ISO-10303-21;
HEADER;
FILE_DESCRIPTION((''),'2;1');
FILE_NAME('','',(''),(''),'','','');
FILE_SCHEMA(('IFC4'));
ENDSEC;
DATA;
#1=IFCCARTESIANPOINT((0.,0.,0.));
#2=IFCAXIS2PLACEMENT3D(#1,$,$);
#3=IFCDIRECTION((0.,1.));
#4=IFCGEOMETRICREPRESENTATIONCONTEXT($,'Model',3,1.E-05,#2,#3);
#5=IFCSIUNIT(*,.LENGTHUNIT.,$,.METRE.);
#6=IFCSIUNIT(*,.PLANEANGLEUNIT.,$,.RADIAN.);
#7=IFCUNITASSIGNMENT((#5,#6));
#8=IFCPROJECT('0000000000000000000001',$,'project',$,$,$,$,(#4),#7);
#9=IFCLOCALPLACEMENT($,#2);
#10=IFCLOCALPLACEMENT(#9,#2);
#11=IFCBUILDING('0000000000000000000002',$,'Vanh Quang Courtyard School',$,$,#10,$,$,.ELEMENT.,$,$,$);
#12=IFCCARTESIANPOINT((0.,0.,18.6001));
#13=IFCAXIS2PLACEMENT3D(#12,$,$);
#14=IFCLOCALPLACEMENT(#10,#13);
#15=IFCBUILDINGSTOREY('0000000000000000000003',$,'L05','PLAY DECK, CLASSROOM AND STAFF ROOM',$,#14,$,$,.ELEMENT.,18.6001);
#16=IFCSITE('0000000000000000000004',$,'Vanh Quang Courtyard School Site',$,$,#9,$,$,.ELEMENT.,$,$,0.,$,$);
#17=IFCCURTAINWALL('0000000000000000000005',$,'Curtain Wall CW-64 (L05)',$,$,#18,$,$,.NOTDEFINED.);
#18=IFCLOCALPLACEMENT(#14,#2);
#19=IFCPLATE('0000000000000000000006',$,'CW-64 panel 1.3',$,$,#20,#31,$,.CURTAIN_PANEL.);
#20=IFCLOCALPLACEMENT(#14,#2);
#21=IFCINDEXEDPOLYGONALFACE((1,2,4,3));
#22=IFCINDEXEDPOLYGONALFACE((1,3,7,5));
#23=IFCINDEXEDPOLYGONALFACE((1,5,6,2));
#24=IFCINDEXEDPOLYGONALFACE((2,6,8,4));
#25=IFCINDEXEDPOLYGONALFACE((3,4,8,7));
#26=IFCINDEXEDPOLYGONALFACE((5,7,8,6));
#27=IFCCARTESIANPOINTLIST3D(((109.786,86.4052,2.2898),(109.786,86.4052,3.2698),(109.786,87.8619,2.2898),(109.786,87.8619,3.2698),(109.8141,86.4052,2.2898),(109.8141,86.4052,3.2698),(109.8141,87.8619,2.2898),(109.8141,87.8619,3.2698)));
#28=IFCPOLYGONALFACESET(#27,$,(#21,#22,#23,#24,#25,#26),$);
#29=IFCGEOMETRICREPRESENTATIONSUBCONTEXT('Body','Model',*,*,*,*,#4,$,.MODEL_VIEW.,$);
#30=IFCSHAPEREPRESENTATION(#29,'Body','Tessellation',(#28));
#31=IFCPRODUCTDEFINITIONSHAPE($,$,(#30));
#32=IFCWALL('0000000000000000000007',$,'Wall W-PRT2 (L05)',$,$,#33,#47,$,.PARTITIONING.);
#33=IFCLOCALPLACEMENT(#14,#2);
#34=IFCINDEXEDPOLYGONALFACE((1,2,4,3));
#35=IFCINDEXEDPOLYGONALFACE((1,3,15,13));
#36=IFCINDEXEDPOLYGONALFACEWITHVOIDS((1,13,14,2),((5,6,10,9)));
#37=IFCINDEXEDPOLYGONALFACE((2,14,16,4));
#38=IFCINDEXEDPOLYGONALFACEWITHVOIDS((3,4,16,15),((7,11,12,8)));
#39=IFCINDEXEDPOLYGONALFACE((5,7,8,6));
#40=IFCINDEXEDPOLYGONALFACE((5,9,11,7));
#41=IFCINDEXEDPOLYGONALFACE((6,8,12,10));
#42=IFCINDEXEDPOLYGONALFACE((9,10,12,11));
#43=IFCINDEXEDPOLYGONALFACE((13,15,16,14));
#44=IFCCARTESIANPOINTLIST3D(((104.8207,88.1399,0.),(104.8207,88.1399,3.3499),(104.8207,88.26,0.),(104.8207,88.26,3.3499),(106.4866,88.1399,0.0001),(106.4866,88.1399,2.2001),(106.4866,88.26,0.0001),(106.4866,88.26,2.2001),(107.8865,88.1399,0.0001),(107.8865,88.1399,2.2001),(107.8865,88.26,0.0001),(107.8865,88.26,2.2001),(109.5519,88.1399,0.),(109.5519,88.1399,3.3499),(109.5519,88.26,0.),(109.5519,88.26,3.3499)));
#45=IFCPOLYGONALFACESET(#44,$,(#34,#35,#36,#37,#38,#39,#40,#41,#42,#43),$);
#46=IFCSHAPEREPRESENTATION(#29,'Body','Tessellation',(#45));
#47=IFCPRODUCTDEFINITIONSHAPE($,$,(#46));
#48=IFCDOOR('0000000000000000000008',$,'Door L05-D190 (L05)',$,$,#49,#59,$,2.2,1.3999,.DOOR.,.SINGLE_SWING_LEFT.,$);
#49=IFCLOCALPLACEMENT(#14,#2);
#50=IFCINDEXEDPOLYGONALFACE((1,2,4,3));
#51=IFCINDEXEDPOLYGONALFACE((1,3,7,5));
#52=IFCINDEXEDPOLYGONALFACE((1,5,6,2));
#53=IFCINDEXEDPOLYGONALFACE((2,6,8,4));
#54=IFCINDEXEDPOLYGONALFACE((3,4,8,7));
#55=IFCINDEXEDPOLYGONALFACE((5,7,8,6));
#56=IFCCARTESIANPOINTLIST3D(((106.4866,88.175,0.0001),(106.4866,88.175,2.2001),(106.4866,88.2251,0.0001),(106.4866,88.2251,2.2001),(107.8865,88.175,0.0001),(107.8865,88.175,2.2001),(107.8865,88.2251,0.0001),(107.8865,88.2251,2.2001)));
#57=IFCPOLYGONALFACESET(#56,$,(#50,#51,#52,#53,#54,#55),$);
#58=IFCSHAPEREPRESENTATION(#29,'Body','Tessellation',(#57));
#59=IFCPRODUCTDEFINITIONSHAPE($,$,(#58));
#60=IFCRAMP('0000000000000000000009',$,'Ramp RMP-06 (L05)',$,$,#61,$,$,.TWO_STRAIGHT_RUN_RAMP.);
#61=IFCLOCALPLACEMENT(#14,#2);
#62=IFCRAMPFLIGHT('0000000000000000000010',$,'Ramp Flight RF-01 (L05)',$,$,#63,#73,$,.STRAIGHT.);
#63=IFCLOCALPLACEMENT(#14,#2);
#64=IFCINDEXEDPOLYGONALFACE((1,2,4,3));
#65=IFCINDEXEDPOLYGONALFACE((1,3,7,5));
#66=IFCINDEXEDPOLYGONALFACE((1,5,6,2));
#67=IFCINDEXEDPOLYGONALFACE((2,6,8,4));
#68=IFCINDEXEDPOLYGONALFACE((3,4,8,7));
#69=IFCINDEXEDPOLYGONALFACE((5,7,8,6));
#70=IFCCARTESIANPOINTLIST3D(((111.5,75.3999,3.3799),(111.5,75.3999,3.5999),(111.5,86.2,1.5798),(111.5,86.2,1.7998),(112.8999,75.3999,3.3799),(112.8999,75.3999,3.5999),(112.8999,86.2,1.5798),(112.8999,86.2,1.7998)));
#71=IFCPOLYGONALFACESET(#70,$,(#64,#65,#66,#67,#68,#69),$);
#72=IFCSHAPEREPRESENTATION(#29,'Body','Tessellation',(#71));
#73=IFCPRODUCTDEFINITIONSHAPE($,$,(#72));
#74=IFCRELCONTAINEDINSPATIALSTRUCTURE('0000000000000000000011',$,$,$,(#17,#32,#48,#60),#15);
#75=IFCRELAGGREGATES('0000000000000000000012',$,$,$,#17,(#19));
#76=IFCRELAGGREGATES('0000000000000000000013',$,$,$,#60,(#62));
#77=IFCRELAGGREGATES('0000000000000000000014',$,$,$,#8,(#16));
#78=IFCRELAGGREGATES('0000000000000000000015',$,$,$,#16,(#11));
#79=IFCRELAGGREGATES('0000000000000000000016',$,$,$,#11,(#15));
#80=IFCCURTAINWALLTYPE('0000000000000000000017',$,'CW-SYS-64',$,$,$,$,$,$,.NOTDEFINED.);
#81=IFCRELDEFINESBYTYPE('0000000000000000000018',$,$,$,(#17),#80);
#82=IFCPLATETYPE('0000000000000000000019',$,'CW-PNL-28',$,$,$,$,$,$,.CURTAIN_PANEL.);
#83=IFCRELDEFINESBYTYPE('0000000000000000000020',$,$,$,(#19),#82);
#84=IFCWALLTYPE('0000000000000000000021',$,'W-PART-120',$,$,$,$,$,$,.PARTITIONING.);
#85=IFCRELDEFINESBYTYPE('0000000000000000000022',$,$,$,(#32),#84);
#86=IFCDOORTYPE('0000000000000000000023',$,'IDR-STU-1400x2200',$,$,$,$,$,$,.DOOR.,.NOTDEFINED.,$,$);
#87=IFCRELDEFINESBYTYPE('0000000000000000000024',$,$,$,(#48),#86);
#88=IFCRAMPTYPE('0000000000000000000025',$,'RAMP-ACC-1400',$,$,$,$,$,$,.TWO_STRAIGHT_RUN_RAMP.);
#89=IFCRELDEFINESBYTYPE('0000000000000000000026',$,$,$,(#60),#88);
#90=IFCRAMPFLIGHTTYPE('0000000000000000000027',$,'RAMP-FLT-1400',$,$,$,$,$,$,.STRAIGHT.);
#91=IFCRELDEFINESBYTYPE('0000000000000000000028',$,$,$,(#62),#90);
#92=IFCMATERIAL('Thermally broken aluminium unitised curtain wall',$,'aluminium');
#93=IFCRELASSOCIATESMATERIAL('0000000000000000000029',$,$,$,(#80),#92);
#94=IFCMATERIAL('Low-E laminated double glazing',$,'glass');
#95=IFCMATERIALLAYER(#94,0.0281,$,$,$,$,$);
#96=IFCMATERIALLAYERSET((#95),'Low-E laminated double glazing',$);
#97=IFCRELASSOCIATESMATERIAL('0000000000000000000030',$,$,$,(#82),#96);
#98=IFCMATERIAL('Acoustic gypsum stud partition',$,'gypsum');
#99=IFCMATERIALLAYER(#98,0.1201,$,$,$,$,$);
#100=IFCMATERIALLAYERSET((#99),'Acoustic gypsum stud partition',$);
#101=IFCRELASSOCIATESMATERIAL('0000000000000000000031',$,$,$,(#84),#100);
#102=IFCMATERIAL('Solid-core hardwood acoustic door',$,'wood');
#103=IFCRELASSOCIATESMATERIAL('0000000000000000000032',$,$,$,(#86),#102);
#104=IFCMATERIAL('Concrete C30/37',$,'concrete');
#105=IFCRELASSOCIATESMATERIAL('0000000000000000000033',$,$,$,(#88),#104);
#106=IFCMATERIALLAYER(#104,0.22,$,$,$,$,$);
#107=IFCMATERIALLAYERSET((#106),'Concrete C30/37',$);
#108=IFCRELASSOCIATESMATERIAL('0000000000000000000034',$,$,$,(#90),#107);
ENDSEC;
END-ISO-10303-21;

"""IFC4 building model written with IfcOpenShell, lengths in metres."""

from ifc_helpers import new_model, si_unit, direction, frame, frame_2d, origin, origin_2d, place, context, subcontext, project, spatial, polyline, rectangle, outline, extrude, material, layer, layer_set, type_object, element, fill, aggregate, save


model = new_model("IFC4")

# Units and contexts
model_context = context("Model", 3, precision=1e-05, world=origin(), true_north=direction((0.0, 1.0)))
body_context = subcontext(model_context, "Body", "Model", "MODEL_VIEW")
ifc_project = project(units=[si_unit("LENGTHUNIT", "METRE"), si_unit("PLANEANGLEUNIT", "RADIAN")], contexts=[model_context])

# Site, building, storey
site_placement = place(None, origin())
site = spatial("IfcSite", under=ifc_project, at=site_placement, Name="Vanh Quang Courtyard School Site", CompositionType="ELEMENT", RefElevation=0.0)
building_placement = place(site_placement, origin())
building = spatial("IfcBuilding", under=site, at=building_placement, Name="Vanh Quang Courtyard School", CompositionType="ELEMENT")
storey_placement = place(building_placement, frame((0.0, 0.0, 18.6001)))
storey = spatial("IfcBuildingStorey", under=building, at=storey_placement, Name="L05", Description="PLAY DECK, CLASSROOM AND STAFF ROOM", CompositionType="ELEMENT", Elevation=18.6001)

# Curtain wall, plate
ifc_material_1 = material(Name="Thermally broken aluminium unitised curtain wall", Category="aluminium")
curtain_wall_type = type_object("IfcCurtainWallType", Name="CW-SYS-64", PredefinedType="NOTDEFINED", material=ifc_material_1)
curtain_wall_placement = place(storey_placement, origin())
curtain_wall = element("IfcCurtainWall", 1, at=curtain_wall_placement, inside=storey, type_object=curtain_wall_type, Name="Curtain Wall CW-64 (L05)", PredefinedType="NOTDEFINED")
ifc_material_2 = material(Name="Low-E laminated double glazing", Category="glass")
ifc_layer_1 = layer(ifc_material_2, 0.0281)
ifc_layer_set_1 = layer_set([ifc_layer_1], Name="Low-E laminated double glazing")
plate_type = type_object("IfcPlateType", Name="CW-PNL-28", PredefinedType="CURTAIN_PANEL", material=ifc_layer_set_1)
plate_1_placement = place(storey_placement, frame((109.8, 87.1335, 2.2898), z_axis=(0.0, 0.0, 1.0), x_axis=(0.0, -1.0, 0.0)))
plate_1 = element("IfcPlate", 2, at=plate_1_placement, type_object=plate_type, Name="CW-64 panel 1.3", PredefinedType="CURTAIN_PANEL", context=body_context, shape_type="SweptSolid", body=[
    extrude(rectangle(XDim=1.4568, YDim=0.0281, at=origin_2d()), origin(), (0.0, 0.0, 1.0), 0.98),
])
aggregate(curtain_wall, [plate_1])

# Wall, opening, door
ifc_material_3 = material(Name="Acoustic gypsum stud partition", Category="gypsum")
ifc_layer_2 = layer(ifc_material_3, 0.1201)
ifc_layer_set_2 = layer_set([ifc_layer_2], Name="Acoustic gypsum stud partition")
wall_type = type_object("IfcWallType", Name="W-PART-120", PredefinedType="PARTITIONING", material=ifc_layer_set_2)
wall_placement = place(storey_placement, frame((109.552, 88.2, 0.0), z_axis=(0.0, 0.0, 1.0), x_axis=(-1.0, 0.0, 0.0)))
wall = element("IfcWall", 3, at=wall_placement, inside=storey, type_object=wall_type, Name="Wall W-PRT2 (L05)", PredefinedType="PARTITIONING", context=body_context, shape_type="SweptSolid", body=[
    extrude(rectangle(XDim=4.7312, YDim=0.1201, at=frame_2d((2.3657, 0.0))), origin(), (0.0, 0.0, 1.0), 3.3499),
])
opening_placement = place(wall_placement, frame((1.6655, 0.0, 0.0)))
opening = element("IfcOpeningElement", 4, at=opening_placement, cuts=wall, PredefinedType="OPENING", context=body_context, shape_type="SweptSolid", body=[
    extrude(rectangle(XDim=1.3999, YDim=2.2, at=frame_2d((0.7, 1.1001))), frame((0.0, 0.0701, 0.0), z_axis=(0.0, -1.0, 0.0), x_axis=(1.0, 0.0, 0.0)), (0.0, 0.0, 1.0), 0.1401),
])
ifc_material_4 = material(Name="Solid-core hardwood acoustic door", Category="wood")
door_type = type_object("IfcDoorType", Name="IDR-STU-1400x2200", OperationType="NOTDEFINED", PredefinedType="DOOR", material=ifc_material_4)
door_placement = place(opening_placement, origin())
door = element("IfcDoor", 5, at=door_placement, inside=storey, type_object=door_type, Name="Door L05-D190 (L05)", OperationType="SINGLE_SWING_LEFT", OverallHeight=2.2, OverallWidth=1.3999, PredefinedType="DOOR", context=body_context, shape_type="SweptSolid", body=[
    extrude(rectangle(XDim=1.3999, YDim=2.2, at=frame_2d((0.7, 1.1001))), frame((0.0, 0.0249, 0.0), z_axis=(0.0, -1.0, 0.0), x_axis=(1.0, 0.0, 0.0)), (0.0, 0.0, 1.0), 0.05),
])
fill(opening, door)

# Ramp, ramp flight
ifc_material_5 = material(Name="Concrete C30/37", Category="concrete")
ramp_type = type_object("IfcRampType", Name="RAMP-ACC-1400", PredefinedType="TWO_STRAIGHT_RUN_RAMP", material=ifc_material_5)
ramp_placement = place(storey_placement, origin())
ramp = element("IfcRamp", 6, at=ramp_placement, inside=storey, type_object=ramp_type, Name="Ramp RMP-06 (L05)", PredefinedType="TWO_STRAIGHT_RUN_RAMP")
ifc_layer_3 = layer(ifc_material_5, 0.22)
ifc_layer_set_3 = layer_set([ifc_layer_3], Name="Concrete C30/37")
ramp_flight_type = type_object("IfcRampFlightType", Name="RAMP-FLT-1400", PredefinedType="STRAIGHT", material=ifc_layer_set_3)
ramp_flight_placement = place(storey_placement, frame((112.2, 86.2, 1.7998), z_axis=(0.0, 0.0, 1.0), x_axis=(0.0, -1.0, 0.0)))
ramp_flight = element("IfcRampFlight", 7, at=ramp_flight_placement, type_object=ramp_flight_type, Name="Ramp Flight RF-01 (L05)", PredefinedType="STRAIGHT", context=body_context, shape_type="SweptSolid", body=[
    extrude(outline(polyline([(0.0, 0.0), (10.8, 1.8), (10.8, 1.5801), (0.0, -0.22), (0.0, 0.0)])), frame((0.0, 0.7, 0.0), z_axis=(0.0, -1.0, 0.0), x_axis=(1.0, 0.0, 0.0)), (0.0, 0.0, 1.0), 1.3999),
])
aggregate(ramp, [ramp_flight])

save(model, "model.ifc")
